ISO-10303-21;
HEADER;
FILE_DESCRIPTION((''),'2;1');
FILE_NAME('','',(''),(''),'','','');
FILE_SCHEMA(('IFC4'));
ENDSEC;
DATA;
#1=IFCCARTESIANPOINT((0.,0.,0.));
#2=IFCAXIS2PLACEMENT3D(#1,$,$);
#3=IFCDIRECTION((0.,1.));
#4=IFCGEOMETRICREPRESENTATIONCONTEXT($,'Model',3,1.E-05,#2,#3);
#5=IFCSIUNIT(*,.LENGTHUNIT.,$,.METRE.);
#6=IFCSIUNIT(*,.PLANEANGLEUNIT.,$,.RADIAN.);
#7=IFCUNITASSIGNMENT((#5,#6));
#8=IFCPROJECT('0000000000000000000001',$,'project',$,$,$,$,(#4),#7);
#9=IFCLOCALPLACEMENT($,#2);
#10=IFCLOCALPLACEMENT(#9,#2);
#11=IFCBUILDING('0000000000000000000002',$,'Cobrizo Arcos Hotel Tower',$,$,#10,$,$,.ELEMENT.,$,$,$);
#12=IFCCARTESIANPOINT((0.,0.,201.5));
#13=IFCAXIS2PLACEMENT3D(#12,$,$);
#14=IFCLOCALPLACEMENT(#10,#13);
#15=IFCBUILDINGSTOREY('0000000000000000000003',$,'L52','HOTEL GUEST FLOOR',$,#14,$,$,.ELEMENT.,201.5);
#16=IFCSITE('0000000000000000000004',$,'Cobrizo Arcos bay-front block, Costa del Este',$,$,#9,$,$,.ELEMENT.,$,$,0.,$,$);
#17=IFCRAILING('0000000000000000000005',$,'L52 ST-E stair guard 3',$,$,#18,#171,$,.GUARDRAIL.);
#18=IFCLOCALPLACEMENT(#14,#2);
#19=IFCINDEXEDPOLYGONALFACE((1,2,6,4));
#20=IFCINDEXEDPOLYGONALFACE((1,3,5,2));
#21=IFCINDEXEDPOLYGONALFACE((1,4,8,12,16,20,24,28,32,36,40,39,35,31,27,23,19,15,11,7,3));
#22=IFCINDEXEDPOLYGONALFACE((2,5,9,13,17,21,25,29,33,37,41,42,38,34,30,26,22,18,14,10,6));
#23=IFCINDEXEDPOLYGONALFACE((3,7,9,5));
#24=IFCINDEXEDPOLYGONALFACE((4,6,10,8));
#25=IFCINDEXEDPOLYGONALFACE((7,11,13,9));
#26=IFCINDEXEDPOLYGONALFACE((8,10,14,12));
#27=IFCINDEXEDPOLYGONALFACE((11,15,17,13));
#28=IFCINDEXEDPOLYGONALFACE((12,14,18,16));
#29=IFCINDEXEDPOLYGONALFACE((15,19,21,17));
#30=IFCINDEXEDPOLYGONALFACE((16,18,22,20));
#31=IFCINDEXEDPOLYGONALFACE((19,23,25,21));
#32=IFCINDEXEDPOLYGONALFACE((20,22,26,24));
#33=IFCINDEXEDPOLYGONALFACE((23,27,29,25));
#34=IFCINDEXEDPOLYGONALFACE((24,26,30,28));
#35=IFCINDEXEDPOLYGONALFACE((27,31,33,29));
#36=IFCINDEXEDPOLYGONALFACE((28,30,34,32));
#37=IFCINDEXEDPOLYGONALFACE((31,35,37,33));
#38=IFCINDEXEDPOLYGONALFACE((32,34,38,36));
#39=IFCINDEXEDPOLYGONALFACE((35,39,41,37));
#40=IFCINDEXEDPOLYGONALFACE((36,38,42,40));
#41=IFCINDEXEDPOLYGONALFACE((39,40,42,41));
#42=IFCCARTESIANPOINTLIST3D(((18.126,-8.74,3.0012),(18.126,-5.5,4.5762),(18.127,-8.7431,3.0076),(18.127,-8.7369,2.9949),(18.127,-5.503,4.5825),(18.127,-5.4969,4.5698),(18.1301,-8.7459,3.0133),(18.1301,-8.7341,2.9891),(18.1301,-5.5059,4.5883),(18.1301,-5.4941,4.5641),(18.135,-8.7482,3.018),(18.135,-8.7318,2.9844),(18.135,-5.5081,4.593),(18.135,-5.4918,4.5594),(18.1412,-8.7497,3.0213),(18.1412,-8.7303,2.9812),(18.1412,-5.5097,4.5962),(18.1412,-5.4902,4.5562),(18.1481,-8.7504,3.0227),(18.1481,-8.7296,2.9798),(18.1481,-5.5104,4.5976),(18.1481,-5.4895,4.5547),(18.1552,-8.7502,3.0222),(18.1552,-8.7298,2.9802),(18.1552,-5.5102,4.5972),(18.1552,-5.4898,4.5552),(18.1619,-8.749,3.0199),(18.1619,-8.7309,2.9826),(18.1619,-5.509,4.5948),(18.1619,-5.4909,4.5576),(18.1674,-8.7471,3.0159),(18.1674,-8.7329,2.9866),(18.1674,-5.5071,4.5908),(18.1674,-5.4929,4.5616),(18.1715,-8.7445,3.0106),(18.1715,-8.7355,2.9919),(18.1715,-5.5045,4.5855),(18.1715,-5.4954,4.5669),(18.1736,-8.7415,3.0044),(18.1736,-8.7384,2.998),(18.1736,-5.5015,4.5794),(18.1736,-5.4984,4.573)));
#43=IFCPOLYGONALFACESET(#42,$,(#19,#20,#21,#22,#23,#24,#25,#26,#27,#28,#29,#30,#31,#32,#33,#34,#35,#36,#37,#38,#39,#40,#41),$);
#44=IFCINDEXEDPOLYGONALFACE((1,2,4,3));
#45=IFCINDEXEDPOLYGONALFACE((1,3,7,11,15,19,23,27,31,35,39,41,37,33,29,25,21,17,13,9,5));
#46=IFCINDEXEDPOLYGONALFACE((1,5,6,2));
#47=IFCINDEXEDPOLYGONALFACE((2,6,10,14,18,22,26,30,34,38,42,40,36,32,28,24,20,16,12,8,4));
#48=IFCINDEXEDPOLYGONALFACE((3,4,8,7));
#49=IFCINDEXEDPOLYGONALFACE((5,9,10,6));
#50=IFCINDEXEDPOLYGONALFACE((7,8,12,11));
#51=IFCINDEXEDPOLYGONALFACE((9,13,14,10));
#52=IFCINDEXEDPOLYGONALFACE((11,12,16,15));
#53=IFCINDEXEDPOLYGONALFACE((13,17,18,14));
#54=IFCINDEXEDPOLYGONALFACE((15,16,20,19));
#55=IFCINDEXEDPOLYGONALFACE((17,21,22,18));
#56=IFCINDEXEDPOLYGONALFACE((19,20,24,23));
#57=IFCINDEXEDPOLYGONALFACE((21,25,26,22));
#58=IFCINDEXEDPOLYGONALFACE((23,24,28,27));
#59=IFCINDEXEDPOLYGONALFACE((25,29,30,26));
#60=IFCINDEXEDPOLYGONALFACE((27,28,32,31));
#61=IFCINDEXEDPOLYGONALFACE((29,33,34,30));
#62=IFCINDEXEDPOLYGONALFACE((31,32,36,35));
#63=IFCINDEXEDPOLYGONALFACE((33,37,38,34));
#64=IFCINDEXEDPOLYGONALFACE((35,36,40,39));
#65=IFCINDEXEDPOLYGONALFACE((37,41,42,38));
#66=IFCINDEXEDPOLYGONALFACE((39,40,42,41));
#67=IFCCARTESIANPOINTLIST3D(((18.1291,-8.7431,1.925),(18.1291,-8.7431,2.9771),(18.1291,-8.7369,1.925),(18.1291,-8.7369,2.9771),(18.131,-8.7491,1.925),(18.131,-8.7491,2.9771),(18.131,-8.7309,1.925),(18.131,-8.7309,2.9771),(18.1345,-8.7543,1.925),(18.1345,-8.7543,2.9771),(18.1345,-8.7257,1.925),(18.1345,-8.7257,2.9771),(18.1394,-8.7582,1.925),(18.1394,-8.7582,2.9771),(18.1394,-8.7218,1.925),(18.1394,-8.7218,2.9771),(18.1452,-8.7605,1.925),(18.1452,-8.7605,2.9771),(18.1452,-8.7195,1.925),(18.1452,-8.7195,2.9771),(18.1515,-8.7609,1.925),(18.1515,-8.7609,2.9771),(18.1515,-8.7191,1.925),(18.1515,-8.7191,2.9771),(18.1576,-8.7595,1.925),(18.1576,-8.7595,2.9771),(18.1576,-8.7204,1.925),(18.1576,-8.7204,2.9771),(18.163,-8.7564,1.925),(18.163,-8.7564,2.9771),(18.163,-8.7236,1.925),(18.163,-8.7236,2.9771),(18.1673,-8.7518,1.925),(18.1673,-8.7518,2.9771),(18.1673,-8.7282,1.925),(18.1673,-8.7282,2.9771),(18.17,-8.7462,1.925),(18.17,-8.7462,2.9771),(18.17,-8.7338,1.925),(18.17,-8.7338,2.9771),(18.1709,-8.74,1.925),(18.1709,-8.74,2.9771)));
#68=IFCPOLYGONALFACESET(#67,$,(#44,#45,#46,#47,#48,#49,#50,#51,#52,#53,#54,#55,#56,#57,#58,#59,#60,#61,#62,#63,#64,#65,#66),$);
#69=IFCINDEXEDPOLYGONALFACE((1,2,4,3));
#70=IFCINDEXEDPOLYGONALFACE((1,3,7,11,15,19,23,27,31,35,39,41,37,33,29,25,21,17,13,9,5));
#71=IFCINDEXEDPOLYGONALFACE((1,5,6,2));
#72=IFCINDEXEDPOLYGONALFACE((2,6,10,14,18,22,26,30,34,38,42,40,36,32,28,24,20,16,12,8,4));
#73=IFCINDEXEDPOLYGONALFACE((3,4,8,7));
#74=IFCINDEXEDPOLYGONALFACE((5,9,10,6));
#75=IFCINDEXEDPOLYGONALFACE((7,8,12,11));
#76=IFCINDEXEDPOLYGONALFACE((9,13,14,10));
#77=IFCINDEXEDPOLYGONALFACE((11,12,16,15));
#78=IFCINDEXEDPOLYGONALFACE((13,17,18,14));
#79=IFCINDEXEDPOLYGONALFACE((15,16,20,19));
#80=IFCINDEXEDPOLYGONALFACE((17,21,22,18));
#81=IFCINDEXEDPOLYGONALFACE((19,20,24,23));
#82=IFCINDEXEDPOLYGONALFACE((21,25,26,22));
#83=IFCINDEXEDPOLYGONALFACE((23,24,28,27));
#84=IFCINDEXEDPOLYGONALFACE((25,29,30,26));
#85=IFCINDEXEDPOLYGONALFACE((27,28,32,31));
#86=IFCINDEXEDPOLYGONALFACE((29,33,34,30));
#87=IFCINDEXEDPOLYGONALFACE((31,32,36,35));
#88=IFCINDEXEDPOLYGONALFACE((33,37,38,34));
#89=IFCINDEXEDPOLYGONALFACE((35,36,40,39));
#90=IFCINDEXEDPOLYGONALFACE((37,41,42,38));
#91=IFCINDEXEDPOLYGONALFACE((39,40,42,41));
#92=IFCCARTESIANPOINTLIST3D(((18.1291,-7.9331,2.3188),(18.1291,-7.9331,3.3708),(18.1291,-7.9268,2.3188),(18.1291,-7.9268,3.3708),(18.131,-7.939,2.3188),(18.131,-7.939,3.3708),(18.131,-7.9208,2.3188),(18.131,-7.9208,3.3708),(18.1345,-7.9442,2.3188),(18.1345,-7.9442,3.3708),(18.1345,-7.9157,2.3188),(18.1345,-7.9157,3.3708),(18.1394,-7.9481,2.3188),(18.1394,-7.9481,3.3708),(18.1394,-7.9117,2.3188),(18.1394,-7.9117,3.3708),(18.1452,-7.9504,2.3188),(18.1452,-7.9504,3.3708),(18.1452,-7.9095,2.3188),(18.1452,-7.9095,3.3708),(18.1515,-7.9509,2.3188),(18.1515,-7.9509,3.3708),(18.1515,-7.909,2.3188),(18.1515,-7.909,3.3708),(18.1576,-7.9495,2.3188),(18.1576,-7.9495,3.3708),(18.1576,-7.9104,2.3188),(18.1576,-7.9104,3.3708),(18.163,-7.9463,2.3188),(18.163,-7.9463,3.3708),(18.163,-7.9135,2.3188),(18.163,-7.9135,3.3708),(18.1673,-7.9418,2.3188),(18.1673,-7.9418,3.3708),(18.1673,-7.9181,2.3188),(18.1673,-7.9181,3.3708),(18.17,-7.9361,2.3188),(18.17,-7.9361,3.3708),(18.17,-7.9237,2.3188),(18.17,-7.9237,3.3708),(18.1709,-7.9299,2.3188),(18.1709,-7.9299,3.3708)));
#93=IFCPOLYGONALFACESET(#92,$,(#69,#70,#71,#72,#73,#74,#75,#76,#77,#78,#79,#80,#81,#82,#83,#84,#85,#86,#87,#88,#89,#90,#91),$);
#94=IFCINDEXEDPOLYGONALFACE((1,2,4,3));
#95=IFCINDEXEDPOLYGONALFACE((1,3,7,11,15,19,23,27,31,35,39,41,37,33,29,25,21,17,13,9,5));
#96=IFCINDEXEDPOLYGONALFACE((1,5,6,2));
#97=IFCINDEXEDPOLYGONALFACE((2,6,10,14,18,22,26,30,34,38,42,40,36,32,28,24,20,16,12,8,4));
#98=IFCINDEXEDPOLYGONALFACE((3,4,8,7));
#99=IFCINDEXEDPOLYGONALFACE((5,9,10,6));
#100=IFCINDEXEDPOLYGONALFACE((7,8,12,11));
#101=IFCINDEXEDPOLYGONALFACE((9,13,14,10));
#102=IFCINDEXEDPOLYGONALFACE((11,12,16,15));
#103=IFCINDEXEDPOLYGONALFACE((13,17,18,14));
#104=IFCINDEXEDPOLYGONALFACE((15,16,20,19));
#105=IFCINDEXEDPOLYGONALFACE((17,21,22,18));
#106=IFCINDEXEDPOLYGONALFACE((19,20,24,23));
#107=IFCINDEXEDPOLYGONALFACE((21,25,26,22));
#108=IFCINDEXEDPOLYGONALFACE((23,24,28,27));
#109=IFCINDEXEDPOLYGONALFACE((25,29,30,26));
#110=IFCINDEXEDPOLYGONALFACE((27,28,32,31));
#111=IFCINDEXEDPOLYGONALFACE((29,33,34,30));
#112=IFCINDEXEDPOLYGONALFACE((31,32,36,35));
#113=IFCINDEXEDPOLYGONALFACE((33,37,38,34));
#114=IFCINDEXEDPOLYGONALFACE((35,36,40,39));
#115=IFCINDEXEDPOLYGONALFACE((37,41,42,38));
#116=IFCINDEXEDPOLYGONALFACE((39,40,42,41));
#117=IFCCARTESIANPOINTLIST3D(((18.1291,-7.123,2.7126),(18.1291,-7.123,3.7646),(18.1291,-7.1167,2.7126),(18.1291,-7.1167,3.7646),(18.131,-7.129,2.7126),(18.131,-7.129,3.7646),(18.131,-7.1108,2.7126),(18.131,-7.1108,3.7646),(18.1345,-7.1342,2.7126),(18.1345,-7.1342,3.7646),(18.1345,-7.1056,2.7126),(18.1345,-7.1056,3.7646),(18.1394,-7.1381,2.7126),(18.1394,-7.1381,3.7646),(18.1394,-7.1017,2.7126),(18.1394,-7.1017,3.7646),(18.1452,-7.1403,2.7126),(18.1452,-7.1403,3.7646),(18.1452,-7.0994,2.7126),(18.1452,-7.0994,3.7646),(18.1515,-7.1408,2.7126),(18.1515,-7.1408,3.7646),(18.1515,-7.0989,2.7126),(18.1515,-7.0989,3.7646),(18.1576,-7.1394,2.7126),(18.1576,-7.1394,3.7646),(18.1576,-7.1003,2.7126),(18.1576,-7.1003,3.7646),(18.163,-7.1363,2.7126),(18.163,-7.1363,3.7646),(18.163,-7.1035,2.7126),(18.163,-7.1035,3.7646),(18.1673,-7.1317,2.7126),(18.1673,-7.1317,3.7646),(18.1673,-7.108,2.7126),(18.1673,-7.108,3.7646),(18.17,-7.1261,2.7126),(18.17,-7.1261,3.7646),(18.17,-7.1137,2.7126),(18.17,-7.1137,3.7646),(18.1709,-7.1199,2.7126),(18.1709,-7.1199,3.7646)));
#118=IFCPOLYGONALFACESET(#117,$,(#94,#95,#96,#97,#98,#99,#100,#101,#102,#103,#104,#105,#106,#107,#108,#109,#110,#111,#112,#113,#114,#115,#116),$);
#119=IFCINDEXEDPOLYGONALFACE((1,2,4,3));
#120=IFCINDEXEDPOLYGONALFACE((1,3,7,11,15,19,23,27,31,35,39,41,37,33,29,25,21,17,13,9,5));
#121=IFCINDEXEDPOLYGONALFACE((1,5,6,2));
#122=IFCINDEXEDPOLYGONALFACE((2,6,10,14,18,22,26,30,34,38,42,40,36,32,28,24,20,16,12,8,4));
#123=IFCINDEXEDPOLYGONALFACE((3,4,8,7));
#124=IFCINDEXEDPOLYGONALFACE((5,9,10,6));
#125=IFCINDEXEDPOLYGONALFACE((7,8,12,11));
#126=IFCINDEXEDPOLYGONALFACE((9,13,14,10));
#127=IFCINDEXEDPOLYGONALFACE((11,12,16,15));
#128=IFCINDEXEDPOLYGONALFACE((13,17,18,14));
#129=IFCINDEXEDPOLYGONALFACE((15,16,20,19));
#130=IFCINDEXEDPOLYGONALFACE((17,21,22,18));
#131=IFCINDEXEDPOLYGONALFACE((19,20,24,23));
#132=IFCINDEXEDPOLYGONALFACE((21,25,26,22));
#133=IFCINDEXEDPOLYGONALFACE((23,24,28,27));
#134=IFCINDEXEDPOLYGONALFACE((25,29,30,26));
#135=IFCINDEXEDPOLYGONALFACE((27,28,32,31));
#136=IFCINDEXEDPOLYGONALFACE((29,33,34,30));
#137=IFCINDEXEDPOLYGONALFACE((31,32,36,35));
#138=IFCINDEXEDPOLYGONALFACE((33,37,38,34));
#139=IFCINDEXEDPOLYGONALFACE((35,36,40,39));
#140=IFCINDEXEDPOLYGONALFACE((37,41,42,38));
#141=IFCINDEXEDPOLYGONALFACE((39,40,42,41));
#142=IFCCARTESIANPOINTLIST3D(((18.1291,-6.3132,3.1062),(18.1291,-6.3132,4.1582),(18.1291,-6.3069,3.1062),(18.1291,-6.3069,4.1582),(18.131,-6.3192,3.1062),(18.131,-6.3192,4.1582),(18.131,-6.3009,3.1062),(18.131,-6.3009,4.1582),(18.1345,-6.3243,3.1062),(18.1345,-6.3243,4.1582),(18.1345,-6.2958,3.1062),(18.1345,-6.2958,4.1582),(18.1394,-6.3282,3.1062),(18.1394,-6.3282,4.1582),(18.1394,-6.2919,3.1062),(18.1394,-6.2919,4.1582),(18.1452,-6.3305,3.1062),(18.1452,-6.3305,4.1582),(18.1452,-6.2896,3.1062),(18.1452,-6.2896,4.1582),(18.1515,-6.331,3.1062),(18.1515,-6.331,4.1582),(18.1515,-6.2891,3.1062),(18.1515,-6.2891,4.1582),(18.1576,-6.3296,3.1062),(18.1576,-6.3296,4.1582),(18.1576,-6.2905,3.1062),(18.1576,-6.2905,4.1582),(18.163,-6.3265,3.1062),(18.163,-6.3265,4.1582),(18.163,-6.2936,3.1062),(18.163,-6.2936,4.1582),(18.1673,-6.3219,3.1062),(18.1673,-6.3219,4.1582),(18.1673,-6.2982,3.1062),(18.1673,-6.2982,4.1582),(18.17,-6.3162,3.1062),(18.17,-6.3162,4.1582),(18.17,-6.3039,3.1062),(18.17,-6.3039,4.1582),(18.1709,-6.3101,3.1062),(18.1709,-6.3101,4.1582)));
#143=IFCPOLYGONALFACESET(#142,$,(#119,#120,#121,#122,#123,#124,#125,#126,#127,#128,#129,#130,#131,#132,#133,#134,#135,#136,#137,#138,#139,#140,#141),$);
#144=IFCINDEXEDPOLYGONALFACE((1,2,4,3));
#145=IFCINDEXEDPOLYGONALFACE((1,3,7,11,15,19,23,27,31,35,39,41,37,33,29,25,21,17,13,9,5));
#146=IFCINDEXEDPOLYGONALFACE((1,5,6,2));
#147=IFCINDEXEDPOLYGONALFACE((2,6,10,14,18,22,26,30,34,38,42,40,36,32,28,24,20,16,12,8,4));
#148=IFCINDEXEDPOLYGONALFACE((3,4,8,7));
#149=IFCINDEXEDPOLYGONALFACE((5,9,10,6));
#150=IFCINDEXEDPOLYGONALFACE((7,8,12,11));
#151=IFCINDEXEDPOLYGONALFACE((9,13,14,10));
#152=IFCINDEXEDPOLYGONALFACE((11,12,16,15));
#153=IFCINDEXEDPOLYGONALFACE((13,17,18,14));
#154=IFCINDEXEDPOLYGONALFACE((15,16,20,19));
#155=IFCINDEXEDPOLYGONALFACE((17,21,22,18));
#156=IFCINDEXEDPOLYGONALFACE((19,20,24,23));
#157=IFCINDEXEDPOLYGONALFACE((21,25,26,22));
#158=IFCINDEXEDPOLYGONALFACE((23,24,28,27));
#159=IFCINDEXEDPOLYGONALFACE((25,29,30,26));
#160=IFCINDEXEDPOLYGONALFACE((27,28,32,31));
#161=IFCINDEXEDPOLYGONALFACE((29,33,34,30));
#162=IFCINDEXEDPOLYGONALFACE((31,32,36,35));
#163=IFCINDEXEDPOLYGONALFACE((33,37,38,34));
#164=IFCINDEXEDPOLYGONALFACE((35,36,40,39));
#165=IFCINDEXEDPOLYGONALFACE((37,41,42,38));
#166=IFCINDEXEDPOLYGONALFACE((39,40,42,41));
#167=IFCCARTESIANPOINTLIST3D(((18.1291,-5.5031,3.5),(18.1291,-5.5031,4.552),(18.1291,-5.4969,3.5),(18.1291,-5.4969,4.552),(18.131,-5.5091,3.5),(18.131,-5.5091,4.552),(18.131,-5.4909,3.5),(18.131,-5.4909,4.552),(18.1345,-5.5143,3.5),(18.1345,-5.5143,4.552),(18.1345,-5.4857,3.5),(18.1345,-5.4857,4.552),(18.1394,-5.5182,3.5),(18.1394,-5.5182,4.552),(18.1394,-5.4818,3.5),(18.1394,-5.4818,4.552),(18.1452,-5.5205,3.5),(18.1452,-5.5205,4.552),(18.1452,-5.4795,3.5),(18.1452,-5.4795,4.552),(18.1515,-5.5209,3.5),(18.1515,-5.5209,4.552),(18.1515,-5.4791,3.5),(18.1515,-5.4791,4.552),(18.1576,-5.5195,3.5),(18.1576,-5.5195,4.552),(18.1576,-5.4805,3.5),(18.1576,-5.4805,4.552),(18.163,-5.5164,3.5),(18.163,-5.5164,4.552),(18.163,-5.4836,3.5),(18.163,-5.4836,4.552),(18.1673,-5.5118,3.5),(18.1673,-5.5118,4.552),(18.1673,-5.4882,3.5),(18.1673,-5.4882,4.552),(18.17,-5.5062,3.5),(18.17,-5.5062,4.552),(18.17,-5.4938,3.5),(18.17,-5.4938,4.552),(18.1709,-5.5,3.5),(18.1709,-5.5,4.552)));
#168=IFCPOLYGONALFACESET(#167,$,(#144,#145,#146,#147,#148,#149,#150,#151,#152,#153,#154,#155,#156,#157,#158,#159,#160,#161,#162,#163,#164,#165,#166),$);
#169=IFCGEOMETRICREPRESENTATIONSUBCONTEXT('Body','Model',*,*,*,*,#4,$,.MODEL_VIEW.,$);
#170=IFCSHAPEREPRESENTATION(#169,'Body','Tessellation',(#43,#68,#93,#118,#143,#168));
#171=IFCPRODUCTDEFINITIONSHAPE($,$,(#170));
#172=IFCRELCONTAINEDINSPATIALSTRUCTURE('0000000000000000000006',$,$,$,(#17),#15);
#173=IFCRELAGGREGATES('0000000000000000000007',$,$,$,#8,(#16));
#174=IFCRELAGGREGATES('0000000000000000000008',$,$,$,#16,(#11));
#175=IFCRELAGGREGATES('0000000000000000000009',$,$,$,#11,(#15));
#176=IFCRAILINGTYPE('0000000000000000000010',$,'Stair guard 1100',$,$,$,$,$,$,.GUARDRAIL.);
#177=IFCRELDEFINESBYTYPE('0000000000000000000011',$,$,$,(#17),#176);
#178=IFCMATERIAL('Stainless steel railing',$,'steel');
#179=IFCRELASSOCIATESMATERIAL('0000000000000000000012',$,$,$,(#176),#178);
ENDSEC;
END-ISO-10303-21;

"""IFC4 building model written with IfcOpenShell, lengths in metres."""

from ifc_helpers import new_model, si_unit, direction, frame, origin, origin_2d, place, context, subcontext, project, spatial, circle, extrude, material, type_object, element, save


model = new_model("IFC4")

# Units and contexts
model_context = context("Model", 3, precision=1e-05, world=origin(), true_north=direction((0.0, 1.0)))
body_context = subcontext(model_context, "Body", "Model", "MODEL_VIEW")
ifc_project = project(units=[si_unit("LENGTHUNIT", "METRE"), si_unit("PLANEANGLEUNIT", "RADIAN")], contexts=[model_context])

# Site, building, storey
site_placement = place(None, origin())
site = spatial("IfcSite", under=ifc_project, at=site_placement, Name="Cobrizo Arcos bay-front block, Costa del Este", CompositionType="ELEMENT", RefElevation=0.0)
building_placement = place(site_placement, origin())
building = spatial("IfcBuilding", under=site, at=building_placement, Name="Cobrizo Arcos Hotel Tower", CompositionType="ELEMENT")
storey_placement = place(building_placement, frame((0.0, 0.0, 201.5)))
storey = spatial("IfcBuildingStorey", under=building, at=storey_placement, Name="L52", Description="HOTEL GUEST FLOOR", CompositionType="ELEMENT", Elevation=201.5)

# Railing
ifc_material_1 = material(Name="Stainless steel railing", Category="steel")
railing_type_1 = type_object("IfcRailingType", Name="Stair guard 1100", PredefinedType="GUARDRAIL", material=ifc_material_1)
railing_1_placement = place(storey_placement, frame((18.1499, -8.74, 1.925)))
element("IfcRailing", 1, at=railing_1_placement, inside=storey, type_object=railing_type_1, Name="L52 ST-E stair guard 3", PredefinedType="GUARDRAIL", context=body_context, shape_type="SweptSolid", body=[
    extrude(circle(Radius=0.0239, at=origin_2d()), frame((0.0, 0.0, 1.0762), z_axis=(0.0, 0.899373, 0.437183), x_axis=(-1.0, 0.0, 0.0)), (0.0, 0.0, 1.0), 3.6025),
    extrude(circle(Radius=0.021, at=origin_2d()), origin(), (0.0, 0.0, 1.0), 1.052),
    extrude(circle(Radius=0.021, at=origin_2d()), frame((0.0, 0.8101, 0.3938)), (0.0, 0.0, 1.0), 1.052),
    extrude(circle(Radius=0.021, at=origin_2d()), frame((0.0, 1.6201, 0.7876)), (0.0, 0.0, 1.0), 1.052),
    extrude(circle(Radius=0.021, at=origin_2d()), frame((0.0, 2.4299, 1.1812)), (0.0, 0.0, 1.0), 1.052),
    extrude(circle(Radius=0.021, at=origin_2d()), frame((0.0, 3.24, 1.575)), (0.0, 0.0, 1.0), 1.052),
])

save(model, "model.ifc")
